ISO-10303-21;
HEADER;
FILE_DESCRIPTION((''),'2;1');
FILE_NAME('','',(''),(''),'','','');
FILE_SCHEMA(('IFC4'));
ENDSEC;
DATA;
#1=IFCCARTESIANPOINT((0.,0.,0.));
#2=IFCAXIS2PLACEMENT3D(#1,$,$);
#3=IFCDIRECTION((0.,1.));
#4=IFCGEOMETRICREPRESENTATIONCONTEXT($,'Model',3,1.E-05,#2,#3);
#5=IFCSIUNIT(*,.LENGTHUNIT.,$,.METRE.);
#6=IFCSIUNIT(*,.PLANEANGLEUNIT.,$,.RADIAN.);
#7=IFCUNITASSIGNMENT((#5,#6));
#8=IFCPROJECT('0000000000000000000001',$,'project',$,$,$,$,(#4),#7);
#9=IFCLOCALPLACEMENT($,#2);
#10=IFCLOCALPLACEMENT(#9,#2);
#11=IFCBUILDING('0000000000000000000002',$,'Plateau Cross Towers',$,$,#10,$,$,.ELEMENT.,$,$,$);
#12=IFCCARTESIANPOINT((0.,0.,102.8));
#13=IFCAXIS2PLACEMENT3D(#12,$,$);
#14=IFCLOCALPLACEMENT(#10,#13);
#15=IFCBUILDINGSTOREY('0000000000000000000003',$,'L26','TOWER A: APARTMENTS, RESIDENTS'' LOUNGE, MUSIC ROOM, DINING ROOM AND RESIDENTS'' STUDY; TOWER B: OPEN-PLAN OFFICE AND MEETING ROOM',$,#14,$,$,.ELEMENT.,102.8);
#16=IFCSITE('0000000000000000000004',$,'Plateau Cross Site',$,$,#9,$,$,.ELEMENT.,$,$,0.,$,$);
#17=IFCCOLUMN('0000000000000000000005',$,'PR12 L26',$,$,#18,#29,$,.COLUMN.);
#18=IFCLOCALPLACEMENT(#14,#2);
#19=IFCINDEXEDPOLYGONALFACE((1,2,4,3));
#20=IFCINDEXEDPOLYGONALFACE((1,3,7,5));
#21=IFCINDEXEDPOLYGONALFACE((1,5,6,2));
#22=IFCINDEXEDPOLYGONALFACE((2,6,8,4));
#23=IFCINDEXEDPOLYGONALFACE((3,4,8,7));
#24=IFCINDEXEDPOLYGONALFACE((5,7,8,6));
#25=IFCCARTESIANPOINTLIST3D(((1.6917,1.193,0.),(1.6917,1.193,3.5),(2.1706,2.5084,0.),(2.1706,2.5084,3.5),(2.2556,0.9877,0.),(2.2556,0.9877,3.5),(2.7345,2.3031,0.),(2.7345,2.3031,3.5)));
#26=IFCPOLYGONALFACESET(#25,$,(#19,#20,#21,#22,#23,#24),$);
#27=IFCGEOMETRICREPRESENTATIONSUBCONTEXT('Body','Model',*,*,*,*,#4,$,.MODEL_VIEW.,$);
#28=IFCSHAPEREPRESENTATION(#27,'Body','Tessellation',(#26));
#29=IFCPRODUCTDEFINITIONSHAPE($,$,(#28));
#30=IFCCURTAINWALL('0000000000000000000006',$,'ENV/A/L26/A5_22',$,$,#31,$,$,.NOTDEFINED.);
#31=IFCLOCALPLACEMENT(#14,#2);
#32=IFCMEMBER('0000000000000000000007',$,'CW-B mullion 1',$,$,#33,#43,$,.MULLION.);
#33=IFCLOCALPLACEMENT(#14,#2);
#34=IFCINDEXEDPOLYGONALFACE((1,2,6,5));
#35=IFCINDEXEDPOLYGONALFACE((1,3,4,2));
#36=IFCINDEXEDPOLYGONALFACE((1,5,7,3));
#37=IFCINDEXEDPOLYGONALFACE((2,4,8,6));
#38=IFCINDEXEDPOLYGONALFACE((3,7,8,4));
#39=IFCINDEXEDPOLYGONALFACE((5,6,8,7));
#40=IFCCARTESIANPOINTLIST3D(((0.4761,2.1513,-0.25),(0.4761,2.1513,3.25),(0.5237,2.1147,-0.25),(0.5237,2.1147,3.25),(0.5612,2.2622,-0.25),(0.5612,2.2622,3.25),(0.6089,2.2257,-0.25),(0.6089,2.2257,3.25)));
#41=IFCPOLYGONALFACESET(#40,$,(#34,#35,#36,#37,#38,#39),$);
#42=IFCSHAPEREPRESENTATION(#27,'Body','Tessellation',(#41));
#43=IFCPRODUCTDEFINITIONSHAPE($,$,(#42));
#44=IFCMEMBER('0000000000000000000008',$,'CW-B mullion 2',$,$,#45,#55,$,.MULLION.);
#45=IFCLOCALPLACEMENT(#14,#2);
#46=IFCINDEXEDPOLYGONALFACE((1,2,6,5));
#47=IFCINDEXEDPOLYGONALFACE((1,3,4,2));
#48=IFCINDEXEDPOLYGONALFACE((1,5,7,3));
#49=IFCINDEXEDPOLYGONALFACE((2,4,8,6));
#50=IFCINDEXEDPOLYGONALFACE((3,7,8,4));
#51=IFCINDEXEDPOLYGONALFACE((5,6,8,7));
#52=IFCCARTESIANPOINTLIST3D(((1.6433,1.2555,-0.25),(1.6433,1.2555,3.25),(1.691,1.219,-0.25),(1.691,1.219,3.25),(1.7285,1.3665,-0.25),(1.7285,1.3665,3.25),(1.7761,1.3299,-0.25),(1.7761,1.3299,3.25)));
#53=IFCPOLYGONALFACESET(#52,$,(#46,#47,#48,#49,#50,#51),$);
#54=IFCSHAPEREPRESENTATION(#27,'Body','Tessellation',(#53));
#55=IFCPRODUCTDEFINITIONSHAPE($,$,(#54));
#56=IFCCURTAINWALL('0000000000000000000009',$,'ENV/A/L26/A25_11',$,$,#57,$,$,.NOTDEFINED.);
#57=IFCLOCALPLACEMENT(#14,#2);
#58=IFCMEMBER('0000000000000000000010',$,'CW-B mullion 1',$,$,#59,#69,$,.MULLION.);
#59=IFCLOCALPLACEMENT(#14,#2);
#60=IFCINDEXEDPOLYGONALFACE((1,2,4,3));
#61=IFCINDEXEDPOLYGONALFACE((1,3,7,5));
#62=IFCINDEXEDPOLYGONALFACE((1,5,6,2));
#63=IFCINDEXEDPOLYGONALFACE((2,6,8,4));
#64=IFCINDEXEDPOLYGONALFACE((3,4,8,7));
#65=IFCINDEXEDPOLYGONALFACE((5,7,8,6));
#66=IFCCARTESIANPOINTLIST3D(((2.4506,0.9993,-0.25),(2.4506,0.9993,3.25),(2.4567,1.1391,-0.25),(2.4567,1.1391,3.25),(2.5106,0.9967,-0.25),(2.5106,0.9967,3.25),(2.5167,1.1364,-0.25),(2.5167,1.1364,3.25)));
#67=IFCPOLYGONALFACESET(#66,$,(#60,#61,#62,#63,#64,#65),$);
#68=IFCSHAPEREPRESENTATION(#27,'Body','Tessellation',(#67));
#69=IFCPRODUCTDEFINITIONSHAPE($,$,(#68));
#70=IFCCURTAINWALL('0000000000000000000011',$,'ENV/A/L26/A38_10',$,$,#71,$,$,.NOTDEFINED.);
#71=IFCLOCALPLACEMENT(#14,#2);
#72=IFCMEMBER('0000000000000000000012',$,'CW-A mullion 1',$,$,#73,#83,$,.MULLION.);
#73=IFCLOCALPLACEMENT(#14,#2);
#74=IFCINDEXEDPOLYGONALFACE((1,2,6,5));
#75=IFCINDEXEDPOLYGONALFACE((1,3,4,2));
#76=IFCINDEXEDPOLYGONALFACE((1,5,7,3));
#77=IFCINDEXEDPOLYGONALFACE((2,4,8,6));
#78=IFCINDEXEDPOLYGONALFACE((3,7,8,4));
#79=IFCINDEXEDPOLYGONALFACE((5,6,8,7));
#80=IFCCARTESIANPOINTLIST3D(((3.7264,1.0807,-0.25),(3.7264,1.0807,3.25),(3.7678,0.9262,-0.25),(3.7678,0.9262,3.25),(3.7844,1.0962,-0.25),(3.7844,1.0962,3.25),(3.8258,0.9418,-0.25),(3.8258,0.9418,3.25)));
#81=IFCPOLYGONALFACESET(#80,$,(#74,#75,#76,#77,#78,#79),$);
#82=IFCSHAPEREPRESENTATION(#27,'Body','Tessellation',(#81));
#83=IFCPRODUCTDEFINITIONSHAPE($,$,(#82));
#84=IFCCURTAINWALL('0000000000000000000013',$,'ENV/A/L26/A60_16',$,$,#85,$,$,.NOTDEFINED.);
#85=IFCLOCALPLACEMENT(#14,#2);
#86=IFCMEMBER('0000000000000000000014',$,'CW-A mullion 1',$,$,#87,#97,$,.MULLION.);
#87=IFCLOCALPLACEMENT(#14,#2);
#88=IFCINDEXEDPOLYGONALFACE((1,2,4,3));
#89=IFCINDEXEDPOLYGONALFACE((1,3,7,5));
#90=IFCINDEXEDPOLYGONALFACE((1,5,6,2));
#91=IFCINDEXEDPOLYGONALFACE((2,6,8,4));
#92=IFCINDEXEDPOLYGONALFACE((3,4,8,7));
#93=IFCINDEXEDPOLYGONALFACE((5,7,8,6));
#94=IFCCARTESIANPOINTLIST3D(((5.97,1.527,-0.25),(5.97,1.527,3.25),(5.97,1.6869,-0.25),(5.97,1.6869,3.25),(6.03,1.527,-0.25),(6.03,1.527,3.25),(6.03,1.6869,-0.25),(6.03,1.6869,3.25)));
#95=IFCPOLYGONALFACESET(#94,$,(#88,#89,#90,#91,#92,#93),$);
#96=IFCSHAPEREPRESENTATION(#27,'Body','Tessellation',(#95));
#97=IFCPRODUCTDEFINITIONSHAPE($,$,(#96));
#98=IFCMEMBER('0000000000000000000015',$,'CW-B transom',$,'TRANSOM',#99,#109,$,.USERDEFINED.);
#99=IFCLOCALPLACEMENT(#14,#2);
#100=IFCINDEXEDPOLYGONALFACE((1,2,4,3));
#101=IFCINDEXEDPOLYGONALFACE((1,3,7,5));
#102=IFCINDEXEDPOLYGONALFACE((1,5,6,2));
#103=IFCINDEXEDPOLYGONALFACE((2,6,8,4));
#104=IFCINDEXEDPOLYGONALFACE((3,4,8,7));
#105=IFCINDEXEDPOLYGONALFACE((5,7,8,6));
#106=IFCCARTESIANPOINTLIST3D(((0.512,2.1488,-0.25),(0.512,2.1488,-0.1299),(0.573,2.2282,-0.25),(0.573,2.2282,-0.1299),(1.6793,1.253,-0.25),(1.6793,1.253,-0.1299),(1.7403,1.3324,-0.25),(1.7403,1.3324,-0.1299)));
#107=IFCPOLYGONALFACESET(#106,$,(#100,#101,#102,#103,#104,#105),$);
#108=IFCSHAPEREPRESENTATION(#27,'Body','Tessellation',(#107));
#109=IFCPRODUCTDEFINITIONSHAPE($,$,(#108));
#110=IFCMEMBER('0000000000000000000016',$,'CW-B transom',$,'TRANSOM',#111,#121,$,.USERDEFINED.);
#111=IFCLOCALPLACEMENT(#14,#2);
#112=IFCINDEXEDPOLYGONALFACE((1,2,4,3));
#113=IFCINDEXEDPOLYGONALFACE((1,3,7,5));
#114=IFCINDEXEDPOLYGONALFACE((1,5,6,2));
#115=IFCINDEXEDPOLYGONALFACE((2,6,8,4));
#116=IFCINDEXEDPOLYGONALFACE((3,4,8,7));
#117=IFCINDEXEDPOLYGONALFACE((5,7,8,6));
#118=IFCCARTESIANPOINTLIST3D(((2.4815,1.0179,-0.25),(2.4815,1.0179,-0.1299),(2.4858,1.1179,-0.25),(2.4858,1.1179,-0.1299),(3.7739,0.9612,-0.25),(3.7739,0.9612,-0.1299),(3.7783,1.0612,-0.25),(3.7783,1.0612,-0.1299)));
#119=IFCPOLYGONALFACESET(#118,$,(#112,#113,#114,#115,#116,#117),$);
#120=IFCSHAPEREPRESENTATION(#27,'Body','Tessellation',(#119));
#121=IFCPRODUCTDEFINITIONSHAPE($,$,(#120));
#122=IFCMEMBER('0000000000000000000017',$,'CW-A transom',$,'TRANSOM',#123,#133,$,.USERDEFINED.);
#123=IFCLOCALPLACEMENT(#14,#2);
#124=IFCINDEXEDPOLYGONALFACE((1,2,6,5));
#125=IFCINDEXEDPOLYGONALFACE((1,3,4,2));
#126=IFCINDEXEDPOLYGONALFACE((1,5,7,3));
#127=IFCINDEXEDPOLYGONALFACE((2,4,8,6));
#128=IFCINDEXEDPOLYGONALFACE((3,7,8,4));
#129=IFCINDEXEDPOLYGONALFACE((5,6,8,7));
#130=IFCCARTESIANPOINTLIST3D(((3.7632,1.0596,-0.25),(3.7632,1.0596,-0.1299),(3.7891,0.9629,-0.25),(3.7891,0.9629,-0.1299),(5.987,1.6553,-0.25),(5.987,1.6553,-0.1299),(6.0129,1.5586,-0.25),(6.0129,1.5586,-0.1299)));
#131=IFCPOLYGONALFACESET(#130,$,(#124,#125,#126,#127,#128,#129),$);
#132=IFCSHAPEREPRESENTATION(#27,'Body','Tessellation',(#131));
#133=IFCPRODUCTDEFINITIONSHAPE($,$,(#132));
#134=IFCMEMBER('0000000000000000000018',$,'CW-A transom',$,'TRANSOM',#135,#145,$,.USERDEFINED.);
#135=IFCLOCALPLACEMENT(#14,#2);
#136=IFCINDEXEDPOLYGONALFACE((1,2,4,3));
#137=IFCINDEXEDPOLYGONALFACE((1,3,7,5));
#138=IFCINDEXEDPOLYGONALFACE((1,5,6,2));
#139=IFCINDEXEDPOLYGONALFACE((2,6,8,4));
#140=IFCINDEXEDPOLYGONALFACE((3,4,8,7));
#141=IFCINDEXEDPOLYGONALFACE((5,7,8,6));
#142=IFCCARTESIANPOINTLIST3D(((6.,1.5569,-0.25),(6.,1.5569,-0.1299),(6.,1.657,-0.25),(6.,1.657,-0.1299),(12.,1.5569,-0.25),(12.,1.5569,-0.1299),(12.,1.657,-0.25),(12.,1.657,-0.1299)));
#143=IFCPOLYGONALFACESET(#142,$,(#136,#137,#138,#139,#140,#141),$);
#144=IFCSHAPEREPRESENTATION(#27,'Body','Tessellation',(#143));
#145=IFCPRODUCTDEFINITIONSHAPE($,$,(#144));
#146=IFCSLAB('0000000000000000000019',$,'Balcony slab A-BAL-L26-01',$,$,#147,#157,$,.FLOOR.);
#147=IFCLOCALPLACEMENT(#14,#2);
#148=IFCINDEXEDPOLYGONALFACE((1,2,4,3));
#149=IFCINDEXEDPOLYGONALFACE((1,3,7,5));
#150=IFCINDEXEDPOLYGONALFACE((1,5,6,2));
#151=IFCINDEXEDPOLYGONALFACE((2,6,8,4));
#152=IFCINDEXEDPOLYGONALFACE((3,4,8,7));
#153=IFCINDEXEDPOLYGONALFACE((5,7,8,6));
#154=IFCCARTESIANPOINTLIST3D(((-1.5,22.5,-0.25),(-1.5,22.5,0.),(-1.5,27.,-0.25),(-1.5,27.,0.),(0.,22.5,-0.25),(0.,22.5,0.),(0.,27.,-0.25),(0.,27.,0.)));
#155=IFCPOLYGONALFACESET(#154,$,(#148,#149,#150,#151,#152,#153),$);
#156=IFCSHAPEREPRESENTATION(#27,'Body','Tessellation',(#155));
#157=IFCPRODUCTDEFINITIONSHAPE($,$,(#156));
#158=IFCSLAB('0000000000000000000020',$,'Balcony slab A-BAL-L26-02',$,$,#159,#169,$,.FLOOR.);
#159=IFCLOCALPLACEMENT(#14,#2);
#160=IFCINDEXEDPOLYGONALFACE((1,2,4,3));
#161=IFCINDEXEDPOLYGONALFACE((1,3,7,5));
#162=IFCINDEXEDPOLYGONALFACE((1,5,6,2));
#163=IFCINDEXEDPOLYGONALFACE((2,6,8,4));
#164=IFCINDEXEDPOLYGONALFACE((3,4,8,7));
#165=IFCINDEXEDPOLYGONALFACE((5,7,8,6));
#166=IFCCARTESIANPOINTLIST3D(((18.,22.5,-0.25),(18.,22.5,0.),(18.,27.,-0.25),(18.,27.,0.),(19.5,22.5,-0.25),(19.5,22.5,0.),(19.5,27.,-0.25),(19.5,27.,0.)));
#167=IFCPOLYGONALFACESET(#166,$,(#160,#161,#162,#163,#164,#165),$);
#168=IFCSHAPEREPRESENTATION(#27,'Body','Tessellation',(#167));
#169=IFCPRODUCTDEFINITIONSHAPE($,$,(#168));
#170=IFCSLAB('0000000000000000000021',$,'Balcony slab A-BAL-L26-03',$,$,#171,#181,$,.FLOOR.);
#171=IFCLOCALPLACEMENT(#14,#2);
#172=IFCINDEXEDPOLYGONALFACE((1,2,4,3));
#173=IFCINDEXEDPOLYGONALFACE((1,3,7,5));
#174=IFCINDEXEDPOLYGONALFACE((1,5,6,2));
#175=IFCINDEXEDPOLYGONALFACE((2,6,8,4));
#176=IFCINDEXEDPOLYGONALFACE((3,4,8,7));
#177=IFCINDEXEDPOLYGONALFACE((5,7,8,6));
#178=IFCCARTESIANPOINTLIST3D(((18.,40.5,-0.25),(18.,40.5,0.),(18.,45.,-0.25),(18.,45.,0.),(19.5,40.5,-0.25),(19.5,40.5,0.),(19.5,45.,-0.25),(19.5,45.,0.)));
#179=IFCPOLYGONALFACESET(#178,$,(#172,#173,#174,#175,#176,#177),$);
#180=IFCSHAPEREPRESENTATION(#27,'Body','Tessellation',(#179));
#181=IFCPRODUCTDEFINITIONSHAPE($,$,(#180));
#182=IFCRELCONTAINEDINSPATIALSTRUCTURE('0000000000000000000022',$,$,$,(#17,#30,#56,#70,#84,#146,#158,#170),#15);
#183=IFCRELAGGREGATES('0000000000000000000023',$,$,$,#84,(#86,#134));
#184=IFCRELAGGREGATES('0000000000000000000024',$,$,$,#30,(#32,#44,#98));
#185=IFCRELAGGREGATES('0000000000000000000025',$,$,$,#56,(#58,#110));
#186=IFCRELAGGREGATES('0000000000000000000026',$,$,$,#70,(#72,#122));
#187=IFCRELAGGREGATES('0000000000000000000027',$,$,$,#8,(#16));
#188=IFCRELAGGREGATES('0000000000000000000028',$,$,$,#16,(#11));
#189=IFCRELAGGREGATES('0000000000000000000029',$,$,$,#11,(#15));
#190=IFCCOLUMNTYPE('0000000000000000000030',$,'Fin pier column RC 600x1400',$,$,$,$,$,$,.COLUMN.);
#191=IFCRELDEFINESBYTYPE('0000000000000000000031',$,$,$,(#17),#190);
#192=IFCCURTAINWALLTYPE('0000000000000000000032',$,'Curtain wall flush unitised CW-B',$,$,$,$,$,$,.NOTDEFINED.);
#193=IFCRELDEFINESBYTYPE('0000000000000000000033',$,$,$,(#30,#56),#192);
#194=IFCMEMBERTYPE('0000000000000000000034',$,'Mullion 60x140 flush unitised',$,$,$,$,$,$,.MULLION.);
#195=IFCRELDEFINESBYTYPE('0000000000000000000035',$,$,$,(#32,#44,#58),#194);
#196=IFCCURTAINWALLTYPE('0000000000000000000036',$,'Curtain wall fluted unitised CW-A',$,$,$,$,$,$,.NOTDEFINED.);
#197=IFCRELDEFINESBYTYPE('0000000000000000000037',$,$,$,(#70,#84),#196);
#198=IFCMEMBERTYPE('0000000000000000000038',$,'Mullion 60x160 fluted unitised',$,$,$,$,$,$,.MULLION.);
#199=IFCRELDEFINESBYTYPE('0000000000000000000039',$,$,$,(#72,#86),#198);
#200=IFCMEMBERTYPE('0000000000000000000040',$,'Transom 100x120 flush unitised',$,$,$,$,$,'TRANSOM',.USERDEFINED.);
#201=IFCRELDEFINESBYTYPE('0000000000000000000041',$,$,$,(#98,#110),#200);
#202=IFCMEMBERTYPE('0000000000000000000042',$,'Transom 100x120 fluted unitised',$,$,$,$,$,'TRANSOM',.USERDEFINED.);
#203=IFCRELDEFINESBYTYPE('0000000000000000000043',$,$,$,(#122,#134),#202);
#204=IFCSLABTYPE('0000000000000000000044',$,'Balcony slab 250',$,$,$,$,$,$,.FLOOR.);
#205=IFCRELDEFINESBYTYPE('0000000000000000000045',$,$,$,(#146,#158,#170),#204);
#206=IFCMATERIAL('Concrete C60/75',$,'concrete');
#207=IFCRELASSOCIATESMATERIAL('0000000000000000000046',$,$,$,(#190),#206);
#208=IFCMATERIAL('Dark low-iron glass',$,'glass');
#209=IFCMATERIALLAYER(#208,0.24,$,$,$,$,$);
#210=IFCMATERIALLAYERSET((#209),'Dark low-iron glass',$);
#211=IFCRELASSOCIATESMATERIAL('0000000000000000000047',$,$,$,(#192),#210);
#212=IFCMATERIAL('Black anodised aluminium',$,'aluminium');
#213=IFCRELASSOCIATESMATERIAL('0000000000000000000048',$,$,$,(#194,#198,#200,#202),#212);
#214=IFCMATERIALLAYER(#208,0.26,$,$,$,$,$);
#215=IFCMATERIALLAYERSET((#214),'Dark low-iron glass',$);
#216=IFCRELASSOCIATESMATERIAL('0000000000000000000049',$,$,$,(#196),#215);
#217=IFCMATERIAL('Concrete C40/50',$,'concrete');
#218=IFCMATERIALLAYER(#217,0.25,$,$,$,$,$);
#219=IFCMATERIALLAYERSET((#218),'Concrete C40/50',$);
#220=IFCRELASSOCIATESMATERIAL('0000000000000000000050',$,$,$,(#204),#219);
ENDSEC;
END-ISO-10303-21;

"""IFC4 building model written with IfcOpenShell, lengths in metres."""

from ifc_helpers import new_model, si_unit, direction, frame, origin, origin_2d, place, context, subcontext, project, spatial, polyline, rectangle, outline, extrude, material, layer, layer_set, material_profile, profile_set, type_object, element, aggregate, save


model = new_model("IFC4")

# Units and contexts
model_context = context("Model", 3, precision=1e-05, world=origin(), true_north=direction((0.0, 1.0)))
body_context = subcontext(model_context, "Body", "Model", "MODEL_VIEW")
ifc_project = project(units=[si_unit("LENGTHUNIT", "METRE"), si_unit("PLANEANGLEUNIT", "RADIAN")], contexts=[model_context])

# Site, building, storey
site_placement = place(None, origin())
site = spatial("IfcSite", under=ifc_project, at=site_placement, Name="Plateau Cross Site", CompositionType="ELEMENT", RefElevation=0.0)
building_placement = place(site_placement, origin())
building = spatial("IfcBuilding", under=site, at=building_placement, Name="Plateau Cross Towers", CompositionType="ELEMENT")
storey_placement = place(building_placement, frame((0.0, 0.0, 102.8)))
storey = spatial("IfcBuildingStorey", under=building, at=storey_placement, Name="L26", Description="TOWER A: APARTMENTS, RESIDENTS' LOUNGE, MUSIC ROOM, DINING ROOM AND RESIDENTS' STUDY; TOWER B: OPEN-PLAN OFFICE AND MEETING ROOM", CompositionType="ELEMENT", Elevation=102.8)

# Column
ifc_material_1 = material(Name="Concrete C60/75", Category="concrete")
ifc_material_profile_1 = material_profile(ifc_material_1, rectangle(XDim=0.6001, YDim=1.3999, at=origin_2d()), Name="RC 600x1400")
ifc_profile_set_1 = profile_set([ifc_material_profile_1], Name="Concrete C60/75")
column_type = type_object("IfcColumnType", Name="Fin pier column RC 600x1400", PredefinedType="COLUMN", material=ifc_profile_set_1)
column_placement = place(storey_placement, frame((2.2131, 1.748, 0.0), z_axis=(0.0, 0.0, 1.0), x_axis=(-0.939664, 0.342098, 0.0)))
element("IfcColumn", 1, at=column_placement, inside=storey, type_object=column_type, Name="PR12 L26", PredefinedType="COLUMN", context=body_context, shape_type="SweptSolid", body=[
    extrude(rectangle(XDim=0.6001, YDim=1.3999, at=origin_2d()), origin(), (0.0, 0.0, 1.0), 3.5),
])

# Curtain wall, members
ifc_material_2 = material(Name="Dark low-iron glass", Category="glass")
ifc_layer_1 = layer(ifc_material_2, 0.24)
ifc_layer_set_1 = layer_set([ifc_layer_1], Name="Dark low-iron glass")
curtain_wall_type_1 = type_object("IfcCurtainWallType", Name="Curtain wall flush unitised CW-B", PredefinedType="NOTDEFINED", material=ifc_layer_set_1)
curtain_wall_1_placement = place(storey_placement, origin())
curtain_wall_1 = element("IfcCurtainWall", 2, at=curtain_wall_1_placement, inside=storey, type_object=curtain_wall_type_1, Name="ENV/A/L26/A5_22", PredefinedType="NOTDEFINED")
ifc_material_3 = material(Name="Black anodised aluminium", Category="aluminium")
ifc_material_profile_2 = material_profile(ifc_material_3, rectangle(XDim=0.0601, YDim=0.1399, at=origin_2d()), Name="MULLION 60x140")
ifc_profile_set_2 = profile_set([ifc_material_profile_2], Name="Black anodised aluminium")
member_type_1 = type_object("IfcMemberType", Name="Mullion 60x140 flush unitised", PredefinedType="MULLION", material=ifc_profile_set_2)
member_1_placement = place(storey_placement, frame((0.5425, 2.1885, -0.25), z_axis=(0.0, 0.0, 1.0), x_axis=(0.793316, -0.608811, 0.0)))
member_1 = element("IfcMember", 3, at=member_1_placement, type_object=member_type_1, Name="CW-B mullion 1", PredefinedType="MULLION", context=body_context, shape_type="SweptSolid", body=[
    extrude(rectangle(XDim=0.0601, YDim=0.1399, at=origin_2d()), origin(), (0.0, 0.0, 1.0), 3.5),
])
member_2_placement = place(storey_placement, frame((1.7097, 1.2927, -0.25), z_axis=(0.0, 0.0, 1.0), x_axis=(0.793316, -0.608811, 0.0)))
member_2 = element("IfcMember", 4, at=member_2_placement, type_object=member_type_1, Name="CW-B mullion 2", PredefinedType="MULLION", context=body_context, shape_type="SweptSolid", body=[
    extrude(rectangle(XDim=0.0601, YDim=0.1399, at=origin_2d()), origin(), (0.0, 0.0, 1.0), 3.5),
])

# Curtain walls, members
curtain_wall_2_placement = place(storey_placement, origin())
curtain_wall_2 = element("IfcCurtainWall", 5, at=curtain_wall_2_placement, inside=storey, type_object=curtain_wall_type_1, Name="ENV/A/L26/A25_11", PredefinedType="NOTDEFINED")
member_3_placement = place(storey_placement, frame((2.4836, 1.0679, -0.25), z_axis=(0.0, 0.0, 1.0), x_axis=(0.999044, -0.043723, 0.0)))
member_3 = element("IfcMember", 6, at=member_3_placement, type_object=member_type_1, Name="CW-B mullion 1", PredefinedType="MULLION", context=body_context, shape_type="SweptSolid", body=[
    extrude(rectangle(XDim=0.0601, YDim=0.1399, at=origin_2d()), origin(), (0.0, 0.0, 1.0), 3.5),
])
ifc_layer_2 = layer(ifc_material_2, 0.26)
ifc_layer_set_2 = layer_set([ifc_layer_2], Name="Dark low-iron glass")
curtain_wall_type_2 = type_object("IfcCurtainWallType", Name="Curtain wall fluted unitised CW-A", PredefinedType="NOTDEFINED", material=ifc_layer_set_2)
curtain_wall_3_placement = place(storey_placement, origin())
curtain_wall_3 = element("IfcCurtainWall", 7, at=curtain_wall_3_placement, inside=storey, type_object=curtain_wall_type_2, Name="ENV/A/L26/A38_10", PredefinedType="NOTDEFINED")
ifc_material_profile_3 = material_profile(ifc_material_3, rectangle(XDim=0.0601, YDim=0.1599, at=origin_2d()), Name="MULLION 60x160")
ifc_profile_set_3 = profile_set([ifc_material_profile_3], Name="Black anodised aluminium")
member_type_2 = type_object("IfcMemberType", Name="Mullion 60x160 fluted unitised", PredefinedType="MULLION", material=ifc_profile_set_3)
member_4_placement = place(storey_placement, frame((3.7761, 1.0112, -0.25), z_axis=(0.0, 0.0, 1.0), x_axis=(0.965958, 0.258699, 0.0)))
member_4 = element("IfcMember", 8, at=member_4_placement, type_object=member_type_2, Name="CW-A mullion 1", PredefinedType="MULLION", context=body_context, shape_type="SweptSolid", body=[
    extrude(rectangle(XDim=0.0601, YDim=0.1599, at=origin_2d()), origin(), (0.0, 0.0, 1.0), 3.5),
])
curtain_wall_4_placement = place(storey_placement, origin())
curtain_wall_4 = element("IfcCurtainWall", 9, at=curtain_wall_4_placement, inside=storey, type_object=curtain_wall_type_2, Name="ENV/A/L26/A60_16", PredefinedType="NOTDEFINED")
member_5_placement = place(storey_placement, frame((6.0, 1.6069, -0.25), z_axis=(0.0, 0.0, 1.0), x_axis=(1.0, 0.0, 0.0)))
member_5 = element("IfcMember", 10, at=member_5_placement, type_object=member_type_2, Name="CW-A mullion 1", PredefinedType="MULLION", context=body_context, shape_type="SweptSolid", body=[
    extrude(rectangle(XDim=0.0601, YDim=0.1599, at=origin_2d()), origin(), (0.0, 0.0, 1.0), 3.5),
])

# Members
ifc_material_profile_4 = material_profile(ifc_material_3, rectangle(XDim=0.1001, YDim=0.1201, at=origin_2d()), Name="TRANSOM 100x120")
ifc_profile_set_4 = profile_set([ifc_material_profile_4], Name="Black anodised aluminium")
member_type_3 = type_object("IfcMemberType", Name="Transom 100x120 flush unitised", ElementType="TRANSOM", PredefinedType="USERDEFINED", material=ifc_profile_set_4)
member_6_placement = place(storey_placement, frame((0.5425, 2.1885, -0.1899), z_axis=(0.793321, -0.608804, 0.0), x_axis=(0.608804, 0.793321, 0.0)))
member_6 = element("IfcMember", 11, at=member_6_placement, type_object=member_type_3, Name="CW-B transom", ObjectType="TRANSOM", PredefinedType="USERDEFINED", context=body_context, shape_type="SweptSolid", body=[
    extrude(rectangle(XDim=0.1001, YDim=0.1201, at=origin_2d()), origin(), (0.0, 0.0, 1.0), 1.4714),
])
member_7_placement = place(storey_placement, frame((2.4836, 1.0679, -0.1899), z_axis=(0.999041, -0.043781, 0.0), x_axis=(0.043781, 0.999041, 0.0)))
member_7 = element("IfcMember", 12, at=member_7_placement, type_object=member_type_3, Name="CW-B transom", ObjectType="TRANSOM", PredefinedType="USERDEFINED", context=body_context, shape_type="SweptSolid", body=[
    extrude(rectangle(XDim=0.1001, YDim=0.1201, at=origin_2d()), origin(), (0.0, 0.0, 1.0), 1.2937),
])
ifc_material_profile_5 = material_profile(ifc_material_3, rectangle(XDim=0.1001, YDim=0.1201, at=origin_2d()), Name="TRANSOM 100x120")
ifc_profile_set_5 = profile_set([ifc_material_profile_5], Name="Black anodised aluminium")
member_type_4 = type_object("IfcMemberType", Name="Transom 100x120 fluted unitised", ElementType="TRANSOM", PredefinedType="USERDEFINED", material=ifc_profile_set_5)
member_8_placement = place(storey_placement, frame((3.7761, 1.0112, -0.1899), z_axis=(0.965946, 0.258745, 0.0), x_axis=(-0.258745, 0.965946, 0.0)))
member_8 = element("IfcMember", 13, at=member_8_placement, type_object=member_type_4, Name="CW-A transom", ObjectType="TRANSOM", PredefinedType="USERDEFINED", context=body_context, shape_type="SweptSolid", body=[
    extrude(rectangle(XDim=0.1001, YDim=0.1201, at=origin_2d()), origin(), (0.0, 0.0, 1.0), 2.3022),
])
member_9_placement = place(storey_placement, frame((6.0, 1.6069, -0.1899), z_axis=(1.0, 0.0, 0.0), x_axis=(0.0, 1.0, 0.0)))
member_9 = element("IfcMember", 14, at=member_9_placement, type_object=member_type_4, Name="CW-A transom", ObjectType="TRANSOM", PredefinedType="USERDEFINED", context=body_context, shape_type="SweptSolid", body=[
    extrude(rectangle(XDim=0.1001, YDim=0.1201, at=origin_2d()), origin(), (0.0, 0.0, 1.0), 6.0),
])
aggregate(curtain_wall_4, [member_5, member_9])

# Slabs
ifc_material_4 = material(Name="Concrete C40/50", Category="concrete")
ifc_layer_3 = layer(ifc_material_4, 0.25)
ifc_layer_set_3 = layer_set([ifc_layer_3], Name="Concrete C40/50")
slab_type_1 = type_object("IfcSlabType", Name="Balcony slab 250", PredefinedType="FLOOR", material=ifc_layer_set_3)
slab_1_placement = place(storey_placement, frame((0.0, 0.0, -0.25)))
element("IfcSlab", 15, at=slab_1_placement, inside=storey, type_object=slab_type_1, Name="Balcony slab A-BAL-L26-01", PredefinedType="FLOOR", context=body_context, shape_type="SweptSolid", body=[
    extrude(outline(polyline([(0.0, 22.5), (0.0, 27.0), (-1.5, 27.0), (-1.5, 22.5), (0.0, 22.5)])), origin(), (0.0, 0.0, 1.0), 0.25),
])
slab_2_placement = place(storey_placement, frame((0.0, 0.0, -0.25)))
element("IfcSlab", 16, at=slab_2_placement, inside=storey, type_object=slab_type_1, Name="Balcony slab A-BAL-L26-02", PredefinedType="FLOOR", context=body_context, shape_type="SweptSolid", body=[
    extrude(outline(polyline([(19.5, 22.5), (19.5, 27.0), (18.0, 27.0), (18.0, 22.5), (19.5, 22.5)])), origin(), (0.0, 0.0, 1.0), 0.25),
])
slab_3_placement = place(storey_placement, frame((0.0, 0.0, -0.25)))
element("IfcSlab", 17, at=slab_3_placement, inside=storey, type_object=slab_type_1, Name="Balcony slab A-BAL-L26-03", PredefinedType="FLOOR", context=body_context, shape_type="SweptSolid", body=[
    extrude(outline(polyline([(19.5, 40.5), (19.5, 45.0), (18.0, 45.0), (18.0, 40.5), (19.5, 40.5)])), origin(), (0.0, 0.0, 1.0), 0.25),
])

aggregate(curtain_wall_1, [member_1, member_2, member_6])
aggregate(curtain_wall_2, [member_3, member_7])
aggregate(curtain_wall_3, [member_4, member_8])

save(model, "model.ifc")
